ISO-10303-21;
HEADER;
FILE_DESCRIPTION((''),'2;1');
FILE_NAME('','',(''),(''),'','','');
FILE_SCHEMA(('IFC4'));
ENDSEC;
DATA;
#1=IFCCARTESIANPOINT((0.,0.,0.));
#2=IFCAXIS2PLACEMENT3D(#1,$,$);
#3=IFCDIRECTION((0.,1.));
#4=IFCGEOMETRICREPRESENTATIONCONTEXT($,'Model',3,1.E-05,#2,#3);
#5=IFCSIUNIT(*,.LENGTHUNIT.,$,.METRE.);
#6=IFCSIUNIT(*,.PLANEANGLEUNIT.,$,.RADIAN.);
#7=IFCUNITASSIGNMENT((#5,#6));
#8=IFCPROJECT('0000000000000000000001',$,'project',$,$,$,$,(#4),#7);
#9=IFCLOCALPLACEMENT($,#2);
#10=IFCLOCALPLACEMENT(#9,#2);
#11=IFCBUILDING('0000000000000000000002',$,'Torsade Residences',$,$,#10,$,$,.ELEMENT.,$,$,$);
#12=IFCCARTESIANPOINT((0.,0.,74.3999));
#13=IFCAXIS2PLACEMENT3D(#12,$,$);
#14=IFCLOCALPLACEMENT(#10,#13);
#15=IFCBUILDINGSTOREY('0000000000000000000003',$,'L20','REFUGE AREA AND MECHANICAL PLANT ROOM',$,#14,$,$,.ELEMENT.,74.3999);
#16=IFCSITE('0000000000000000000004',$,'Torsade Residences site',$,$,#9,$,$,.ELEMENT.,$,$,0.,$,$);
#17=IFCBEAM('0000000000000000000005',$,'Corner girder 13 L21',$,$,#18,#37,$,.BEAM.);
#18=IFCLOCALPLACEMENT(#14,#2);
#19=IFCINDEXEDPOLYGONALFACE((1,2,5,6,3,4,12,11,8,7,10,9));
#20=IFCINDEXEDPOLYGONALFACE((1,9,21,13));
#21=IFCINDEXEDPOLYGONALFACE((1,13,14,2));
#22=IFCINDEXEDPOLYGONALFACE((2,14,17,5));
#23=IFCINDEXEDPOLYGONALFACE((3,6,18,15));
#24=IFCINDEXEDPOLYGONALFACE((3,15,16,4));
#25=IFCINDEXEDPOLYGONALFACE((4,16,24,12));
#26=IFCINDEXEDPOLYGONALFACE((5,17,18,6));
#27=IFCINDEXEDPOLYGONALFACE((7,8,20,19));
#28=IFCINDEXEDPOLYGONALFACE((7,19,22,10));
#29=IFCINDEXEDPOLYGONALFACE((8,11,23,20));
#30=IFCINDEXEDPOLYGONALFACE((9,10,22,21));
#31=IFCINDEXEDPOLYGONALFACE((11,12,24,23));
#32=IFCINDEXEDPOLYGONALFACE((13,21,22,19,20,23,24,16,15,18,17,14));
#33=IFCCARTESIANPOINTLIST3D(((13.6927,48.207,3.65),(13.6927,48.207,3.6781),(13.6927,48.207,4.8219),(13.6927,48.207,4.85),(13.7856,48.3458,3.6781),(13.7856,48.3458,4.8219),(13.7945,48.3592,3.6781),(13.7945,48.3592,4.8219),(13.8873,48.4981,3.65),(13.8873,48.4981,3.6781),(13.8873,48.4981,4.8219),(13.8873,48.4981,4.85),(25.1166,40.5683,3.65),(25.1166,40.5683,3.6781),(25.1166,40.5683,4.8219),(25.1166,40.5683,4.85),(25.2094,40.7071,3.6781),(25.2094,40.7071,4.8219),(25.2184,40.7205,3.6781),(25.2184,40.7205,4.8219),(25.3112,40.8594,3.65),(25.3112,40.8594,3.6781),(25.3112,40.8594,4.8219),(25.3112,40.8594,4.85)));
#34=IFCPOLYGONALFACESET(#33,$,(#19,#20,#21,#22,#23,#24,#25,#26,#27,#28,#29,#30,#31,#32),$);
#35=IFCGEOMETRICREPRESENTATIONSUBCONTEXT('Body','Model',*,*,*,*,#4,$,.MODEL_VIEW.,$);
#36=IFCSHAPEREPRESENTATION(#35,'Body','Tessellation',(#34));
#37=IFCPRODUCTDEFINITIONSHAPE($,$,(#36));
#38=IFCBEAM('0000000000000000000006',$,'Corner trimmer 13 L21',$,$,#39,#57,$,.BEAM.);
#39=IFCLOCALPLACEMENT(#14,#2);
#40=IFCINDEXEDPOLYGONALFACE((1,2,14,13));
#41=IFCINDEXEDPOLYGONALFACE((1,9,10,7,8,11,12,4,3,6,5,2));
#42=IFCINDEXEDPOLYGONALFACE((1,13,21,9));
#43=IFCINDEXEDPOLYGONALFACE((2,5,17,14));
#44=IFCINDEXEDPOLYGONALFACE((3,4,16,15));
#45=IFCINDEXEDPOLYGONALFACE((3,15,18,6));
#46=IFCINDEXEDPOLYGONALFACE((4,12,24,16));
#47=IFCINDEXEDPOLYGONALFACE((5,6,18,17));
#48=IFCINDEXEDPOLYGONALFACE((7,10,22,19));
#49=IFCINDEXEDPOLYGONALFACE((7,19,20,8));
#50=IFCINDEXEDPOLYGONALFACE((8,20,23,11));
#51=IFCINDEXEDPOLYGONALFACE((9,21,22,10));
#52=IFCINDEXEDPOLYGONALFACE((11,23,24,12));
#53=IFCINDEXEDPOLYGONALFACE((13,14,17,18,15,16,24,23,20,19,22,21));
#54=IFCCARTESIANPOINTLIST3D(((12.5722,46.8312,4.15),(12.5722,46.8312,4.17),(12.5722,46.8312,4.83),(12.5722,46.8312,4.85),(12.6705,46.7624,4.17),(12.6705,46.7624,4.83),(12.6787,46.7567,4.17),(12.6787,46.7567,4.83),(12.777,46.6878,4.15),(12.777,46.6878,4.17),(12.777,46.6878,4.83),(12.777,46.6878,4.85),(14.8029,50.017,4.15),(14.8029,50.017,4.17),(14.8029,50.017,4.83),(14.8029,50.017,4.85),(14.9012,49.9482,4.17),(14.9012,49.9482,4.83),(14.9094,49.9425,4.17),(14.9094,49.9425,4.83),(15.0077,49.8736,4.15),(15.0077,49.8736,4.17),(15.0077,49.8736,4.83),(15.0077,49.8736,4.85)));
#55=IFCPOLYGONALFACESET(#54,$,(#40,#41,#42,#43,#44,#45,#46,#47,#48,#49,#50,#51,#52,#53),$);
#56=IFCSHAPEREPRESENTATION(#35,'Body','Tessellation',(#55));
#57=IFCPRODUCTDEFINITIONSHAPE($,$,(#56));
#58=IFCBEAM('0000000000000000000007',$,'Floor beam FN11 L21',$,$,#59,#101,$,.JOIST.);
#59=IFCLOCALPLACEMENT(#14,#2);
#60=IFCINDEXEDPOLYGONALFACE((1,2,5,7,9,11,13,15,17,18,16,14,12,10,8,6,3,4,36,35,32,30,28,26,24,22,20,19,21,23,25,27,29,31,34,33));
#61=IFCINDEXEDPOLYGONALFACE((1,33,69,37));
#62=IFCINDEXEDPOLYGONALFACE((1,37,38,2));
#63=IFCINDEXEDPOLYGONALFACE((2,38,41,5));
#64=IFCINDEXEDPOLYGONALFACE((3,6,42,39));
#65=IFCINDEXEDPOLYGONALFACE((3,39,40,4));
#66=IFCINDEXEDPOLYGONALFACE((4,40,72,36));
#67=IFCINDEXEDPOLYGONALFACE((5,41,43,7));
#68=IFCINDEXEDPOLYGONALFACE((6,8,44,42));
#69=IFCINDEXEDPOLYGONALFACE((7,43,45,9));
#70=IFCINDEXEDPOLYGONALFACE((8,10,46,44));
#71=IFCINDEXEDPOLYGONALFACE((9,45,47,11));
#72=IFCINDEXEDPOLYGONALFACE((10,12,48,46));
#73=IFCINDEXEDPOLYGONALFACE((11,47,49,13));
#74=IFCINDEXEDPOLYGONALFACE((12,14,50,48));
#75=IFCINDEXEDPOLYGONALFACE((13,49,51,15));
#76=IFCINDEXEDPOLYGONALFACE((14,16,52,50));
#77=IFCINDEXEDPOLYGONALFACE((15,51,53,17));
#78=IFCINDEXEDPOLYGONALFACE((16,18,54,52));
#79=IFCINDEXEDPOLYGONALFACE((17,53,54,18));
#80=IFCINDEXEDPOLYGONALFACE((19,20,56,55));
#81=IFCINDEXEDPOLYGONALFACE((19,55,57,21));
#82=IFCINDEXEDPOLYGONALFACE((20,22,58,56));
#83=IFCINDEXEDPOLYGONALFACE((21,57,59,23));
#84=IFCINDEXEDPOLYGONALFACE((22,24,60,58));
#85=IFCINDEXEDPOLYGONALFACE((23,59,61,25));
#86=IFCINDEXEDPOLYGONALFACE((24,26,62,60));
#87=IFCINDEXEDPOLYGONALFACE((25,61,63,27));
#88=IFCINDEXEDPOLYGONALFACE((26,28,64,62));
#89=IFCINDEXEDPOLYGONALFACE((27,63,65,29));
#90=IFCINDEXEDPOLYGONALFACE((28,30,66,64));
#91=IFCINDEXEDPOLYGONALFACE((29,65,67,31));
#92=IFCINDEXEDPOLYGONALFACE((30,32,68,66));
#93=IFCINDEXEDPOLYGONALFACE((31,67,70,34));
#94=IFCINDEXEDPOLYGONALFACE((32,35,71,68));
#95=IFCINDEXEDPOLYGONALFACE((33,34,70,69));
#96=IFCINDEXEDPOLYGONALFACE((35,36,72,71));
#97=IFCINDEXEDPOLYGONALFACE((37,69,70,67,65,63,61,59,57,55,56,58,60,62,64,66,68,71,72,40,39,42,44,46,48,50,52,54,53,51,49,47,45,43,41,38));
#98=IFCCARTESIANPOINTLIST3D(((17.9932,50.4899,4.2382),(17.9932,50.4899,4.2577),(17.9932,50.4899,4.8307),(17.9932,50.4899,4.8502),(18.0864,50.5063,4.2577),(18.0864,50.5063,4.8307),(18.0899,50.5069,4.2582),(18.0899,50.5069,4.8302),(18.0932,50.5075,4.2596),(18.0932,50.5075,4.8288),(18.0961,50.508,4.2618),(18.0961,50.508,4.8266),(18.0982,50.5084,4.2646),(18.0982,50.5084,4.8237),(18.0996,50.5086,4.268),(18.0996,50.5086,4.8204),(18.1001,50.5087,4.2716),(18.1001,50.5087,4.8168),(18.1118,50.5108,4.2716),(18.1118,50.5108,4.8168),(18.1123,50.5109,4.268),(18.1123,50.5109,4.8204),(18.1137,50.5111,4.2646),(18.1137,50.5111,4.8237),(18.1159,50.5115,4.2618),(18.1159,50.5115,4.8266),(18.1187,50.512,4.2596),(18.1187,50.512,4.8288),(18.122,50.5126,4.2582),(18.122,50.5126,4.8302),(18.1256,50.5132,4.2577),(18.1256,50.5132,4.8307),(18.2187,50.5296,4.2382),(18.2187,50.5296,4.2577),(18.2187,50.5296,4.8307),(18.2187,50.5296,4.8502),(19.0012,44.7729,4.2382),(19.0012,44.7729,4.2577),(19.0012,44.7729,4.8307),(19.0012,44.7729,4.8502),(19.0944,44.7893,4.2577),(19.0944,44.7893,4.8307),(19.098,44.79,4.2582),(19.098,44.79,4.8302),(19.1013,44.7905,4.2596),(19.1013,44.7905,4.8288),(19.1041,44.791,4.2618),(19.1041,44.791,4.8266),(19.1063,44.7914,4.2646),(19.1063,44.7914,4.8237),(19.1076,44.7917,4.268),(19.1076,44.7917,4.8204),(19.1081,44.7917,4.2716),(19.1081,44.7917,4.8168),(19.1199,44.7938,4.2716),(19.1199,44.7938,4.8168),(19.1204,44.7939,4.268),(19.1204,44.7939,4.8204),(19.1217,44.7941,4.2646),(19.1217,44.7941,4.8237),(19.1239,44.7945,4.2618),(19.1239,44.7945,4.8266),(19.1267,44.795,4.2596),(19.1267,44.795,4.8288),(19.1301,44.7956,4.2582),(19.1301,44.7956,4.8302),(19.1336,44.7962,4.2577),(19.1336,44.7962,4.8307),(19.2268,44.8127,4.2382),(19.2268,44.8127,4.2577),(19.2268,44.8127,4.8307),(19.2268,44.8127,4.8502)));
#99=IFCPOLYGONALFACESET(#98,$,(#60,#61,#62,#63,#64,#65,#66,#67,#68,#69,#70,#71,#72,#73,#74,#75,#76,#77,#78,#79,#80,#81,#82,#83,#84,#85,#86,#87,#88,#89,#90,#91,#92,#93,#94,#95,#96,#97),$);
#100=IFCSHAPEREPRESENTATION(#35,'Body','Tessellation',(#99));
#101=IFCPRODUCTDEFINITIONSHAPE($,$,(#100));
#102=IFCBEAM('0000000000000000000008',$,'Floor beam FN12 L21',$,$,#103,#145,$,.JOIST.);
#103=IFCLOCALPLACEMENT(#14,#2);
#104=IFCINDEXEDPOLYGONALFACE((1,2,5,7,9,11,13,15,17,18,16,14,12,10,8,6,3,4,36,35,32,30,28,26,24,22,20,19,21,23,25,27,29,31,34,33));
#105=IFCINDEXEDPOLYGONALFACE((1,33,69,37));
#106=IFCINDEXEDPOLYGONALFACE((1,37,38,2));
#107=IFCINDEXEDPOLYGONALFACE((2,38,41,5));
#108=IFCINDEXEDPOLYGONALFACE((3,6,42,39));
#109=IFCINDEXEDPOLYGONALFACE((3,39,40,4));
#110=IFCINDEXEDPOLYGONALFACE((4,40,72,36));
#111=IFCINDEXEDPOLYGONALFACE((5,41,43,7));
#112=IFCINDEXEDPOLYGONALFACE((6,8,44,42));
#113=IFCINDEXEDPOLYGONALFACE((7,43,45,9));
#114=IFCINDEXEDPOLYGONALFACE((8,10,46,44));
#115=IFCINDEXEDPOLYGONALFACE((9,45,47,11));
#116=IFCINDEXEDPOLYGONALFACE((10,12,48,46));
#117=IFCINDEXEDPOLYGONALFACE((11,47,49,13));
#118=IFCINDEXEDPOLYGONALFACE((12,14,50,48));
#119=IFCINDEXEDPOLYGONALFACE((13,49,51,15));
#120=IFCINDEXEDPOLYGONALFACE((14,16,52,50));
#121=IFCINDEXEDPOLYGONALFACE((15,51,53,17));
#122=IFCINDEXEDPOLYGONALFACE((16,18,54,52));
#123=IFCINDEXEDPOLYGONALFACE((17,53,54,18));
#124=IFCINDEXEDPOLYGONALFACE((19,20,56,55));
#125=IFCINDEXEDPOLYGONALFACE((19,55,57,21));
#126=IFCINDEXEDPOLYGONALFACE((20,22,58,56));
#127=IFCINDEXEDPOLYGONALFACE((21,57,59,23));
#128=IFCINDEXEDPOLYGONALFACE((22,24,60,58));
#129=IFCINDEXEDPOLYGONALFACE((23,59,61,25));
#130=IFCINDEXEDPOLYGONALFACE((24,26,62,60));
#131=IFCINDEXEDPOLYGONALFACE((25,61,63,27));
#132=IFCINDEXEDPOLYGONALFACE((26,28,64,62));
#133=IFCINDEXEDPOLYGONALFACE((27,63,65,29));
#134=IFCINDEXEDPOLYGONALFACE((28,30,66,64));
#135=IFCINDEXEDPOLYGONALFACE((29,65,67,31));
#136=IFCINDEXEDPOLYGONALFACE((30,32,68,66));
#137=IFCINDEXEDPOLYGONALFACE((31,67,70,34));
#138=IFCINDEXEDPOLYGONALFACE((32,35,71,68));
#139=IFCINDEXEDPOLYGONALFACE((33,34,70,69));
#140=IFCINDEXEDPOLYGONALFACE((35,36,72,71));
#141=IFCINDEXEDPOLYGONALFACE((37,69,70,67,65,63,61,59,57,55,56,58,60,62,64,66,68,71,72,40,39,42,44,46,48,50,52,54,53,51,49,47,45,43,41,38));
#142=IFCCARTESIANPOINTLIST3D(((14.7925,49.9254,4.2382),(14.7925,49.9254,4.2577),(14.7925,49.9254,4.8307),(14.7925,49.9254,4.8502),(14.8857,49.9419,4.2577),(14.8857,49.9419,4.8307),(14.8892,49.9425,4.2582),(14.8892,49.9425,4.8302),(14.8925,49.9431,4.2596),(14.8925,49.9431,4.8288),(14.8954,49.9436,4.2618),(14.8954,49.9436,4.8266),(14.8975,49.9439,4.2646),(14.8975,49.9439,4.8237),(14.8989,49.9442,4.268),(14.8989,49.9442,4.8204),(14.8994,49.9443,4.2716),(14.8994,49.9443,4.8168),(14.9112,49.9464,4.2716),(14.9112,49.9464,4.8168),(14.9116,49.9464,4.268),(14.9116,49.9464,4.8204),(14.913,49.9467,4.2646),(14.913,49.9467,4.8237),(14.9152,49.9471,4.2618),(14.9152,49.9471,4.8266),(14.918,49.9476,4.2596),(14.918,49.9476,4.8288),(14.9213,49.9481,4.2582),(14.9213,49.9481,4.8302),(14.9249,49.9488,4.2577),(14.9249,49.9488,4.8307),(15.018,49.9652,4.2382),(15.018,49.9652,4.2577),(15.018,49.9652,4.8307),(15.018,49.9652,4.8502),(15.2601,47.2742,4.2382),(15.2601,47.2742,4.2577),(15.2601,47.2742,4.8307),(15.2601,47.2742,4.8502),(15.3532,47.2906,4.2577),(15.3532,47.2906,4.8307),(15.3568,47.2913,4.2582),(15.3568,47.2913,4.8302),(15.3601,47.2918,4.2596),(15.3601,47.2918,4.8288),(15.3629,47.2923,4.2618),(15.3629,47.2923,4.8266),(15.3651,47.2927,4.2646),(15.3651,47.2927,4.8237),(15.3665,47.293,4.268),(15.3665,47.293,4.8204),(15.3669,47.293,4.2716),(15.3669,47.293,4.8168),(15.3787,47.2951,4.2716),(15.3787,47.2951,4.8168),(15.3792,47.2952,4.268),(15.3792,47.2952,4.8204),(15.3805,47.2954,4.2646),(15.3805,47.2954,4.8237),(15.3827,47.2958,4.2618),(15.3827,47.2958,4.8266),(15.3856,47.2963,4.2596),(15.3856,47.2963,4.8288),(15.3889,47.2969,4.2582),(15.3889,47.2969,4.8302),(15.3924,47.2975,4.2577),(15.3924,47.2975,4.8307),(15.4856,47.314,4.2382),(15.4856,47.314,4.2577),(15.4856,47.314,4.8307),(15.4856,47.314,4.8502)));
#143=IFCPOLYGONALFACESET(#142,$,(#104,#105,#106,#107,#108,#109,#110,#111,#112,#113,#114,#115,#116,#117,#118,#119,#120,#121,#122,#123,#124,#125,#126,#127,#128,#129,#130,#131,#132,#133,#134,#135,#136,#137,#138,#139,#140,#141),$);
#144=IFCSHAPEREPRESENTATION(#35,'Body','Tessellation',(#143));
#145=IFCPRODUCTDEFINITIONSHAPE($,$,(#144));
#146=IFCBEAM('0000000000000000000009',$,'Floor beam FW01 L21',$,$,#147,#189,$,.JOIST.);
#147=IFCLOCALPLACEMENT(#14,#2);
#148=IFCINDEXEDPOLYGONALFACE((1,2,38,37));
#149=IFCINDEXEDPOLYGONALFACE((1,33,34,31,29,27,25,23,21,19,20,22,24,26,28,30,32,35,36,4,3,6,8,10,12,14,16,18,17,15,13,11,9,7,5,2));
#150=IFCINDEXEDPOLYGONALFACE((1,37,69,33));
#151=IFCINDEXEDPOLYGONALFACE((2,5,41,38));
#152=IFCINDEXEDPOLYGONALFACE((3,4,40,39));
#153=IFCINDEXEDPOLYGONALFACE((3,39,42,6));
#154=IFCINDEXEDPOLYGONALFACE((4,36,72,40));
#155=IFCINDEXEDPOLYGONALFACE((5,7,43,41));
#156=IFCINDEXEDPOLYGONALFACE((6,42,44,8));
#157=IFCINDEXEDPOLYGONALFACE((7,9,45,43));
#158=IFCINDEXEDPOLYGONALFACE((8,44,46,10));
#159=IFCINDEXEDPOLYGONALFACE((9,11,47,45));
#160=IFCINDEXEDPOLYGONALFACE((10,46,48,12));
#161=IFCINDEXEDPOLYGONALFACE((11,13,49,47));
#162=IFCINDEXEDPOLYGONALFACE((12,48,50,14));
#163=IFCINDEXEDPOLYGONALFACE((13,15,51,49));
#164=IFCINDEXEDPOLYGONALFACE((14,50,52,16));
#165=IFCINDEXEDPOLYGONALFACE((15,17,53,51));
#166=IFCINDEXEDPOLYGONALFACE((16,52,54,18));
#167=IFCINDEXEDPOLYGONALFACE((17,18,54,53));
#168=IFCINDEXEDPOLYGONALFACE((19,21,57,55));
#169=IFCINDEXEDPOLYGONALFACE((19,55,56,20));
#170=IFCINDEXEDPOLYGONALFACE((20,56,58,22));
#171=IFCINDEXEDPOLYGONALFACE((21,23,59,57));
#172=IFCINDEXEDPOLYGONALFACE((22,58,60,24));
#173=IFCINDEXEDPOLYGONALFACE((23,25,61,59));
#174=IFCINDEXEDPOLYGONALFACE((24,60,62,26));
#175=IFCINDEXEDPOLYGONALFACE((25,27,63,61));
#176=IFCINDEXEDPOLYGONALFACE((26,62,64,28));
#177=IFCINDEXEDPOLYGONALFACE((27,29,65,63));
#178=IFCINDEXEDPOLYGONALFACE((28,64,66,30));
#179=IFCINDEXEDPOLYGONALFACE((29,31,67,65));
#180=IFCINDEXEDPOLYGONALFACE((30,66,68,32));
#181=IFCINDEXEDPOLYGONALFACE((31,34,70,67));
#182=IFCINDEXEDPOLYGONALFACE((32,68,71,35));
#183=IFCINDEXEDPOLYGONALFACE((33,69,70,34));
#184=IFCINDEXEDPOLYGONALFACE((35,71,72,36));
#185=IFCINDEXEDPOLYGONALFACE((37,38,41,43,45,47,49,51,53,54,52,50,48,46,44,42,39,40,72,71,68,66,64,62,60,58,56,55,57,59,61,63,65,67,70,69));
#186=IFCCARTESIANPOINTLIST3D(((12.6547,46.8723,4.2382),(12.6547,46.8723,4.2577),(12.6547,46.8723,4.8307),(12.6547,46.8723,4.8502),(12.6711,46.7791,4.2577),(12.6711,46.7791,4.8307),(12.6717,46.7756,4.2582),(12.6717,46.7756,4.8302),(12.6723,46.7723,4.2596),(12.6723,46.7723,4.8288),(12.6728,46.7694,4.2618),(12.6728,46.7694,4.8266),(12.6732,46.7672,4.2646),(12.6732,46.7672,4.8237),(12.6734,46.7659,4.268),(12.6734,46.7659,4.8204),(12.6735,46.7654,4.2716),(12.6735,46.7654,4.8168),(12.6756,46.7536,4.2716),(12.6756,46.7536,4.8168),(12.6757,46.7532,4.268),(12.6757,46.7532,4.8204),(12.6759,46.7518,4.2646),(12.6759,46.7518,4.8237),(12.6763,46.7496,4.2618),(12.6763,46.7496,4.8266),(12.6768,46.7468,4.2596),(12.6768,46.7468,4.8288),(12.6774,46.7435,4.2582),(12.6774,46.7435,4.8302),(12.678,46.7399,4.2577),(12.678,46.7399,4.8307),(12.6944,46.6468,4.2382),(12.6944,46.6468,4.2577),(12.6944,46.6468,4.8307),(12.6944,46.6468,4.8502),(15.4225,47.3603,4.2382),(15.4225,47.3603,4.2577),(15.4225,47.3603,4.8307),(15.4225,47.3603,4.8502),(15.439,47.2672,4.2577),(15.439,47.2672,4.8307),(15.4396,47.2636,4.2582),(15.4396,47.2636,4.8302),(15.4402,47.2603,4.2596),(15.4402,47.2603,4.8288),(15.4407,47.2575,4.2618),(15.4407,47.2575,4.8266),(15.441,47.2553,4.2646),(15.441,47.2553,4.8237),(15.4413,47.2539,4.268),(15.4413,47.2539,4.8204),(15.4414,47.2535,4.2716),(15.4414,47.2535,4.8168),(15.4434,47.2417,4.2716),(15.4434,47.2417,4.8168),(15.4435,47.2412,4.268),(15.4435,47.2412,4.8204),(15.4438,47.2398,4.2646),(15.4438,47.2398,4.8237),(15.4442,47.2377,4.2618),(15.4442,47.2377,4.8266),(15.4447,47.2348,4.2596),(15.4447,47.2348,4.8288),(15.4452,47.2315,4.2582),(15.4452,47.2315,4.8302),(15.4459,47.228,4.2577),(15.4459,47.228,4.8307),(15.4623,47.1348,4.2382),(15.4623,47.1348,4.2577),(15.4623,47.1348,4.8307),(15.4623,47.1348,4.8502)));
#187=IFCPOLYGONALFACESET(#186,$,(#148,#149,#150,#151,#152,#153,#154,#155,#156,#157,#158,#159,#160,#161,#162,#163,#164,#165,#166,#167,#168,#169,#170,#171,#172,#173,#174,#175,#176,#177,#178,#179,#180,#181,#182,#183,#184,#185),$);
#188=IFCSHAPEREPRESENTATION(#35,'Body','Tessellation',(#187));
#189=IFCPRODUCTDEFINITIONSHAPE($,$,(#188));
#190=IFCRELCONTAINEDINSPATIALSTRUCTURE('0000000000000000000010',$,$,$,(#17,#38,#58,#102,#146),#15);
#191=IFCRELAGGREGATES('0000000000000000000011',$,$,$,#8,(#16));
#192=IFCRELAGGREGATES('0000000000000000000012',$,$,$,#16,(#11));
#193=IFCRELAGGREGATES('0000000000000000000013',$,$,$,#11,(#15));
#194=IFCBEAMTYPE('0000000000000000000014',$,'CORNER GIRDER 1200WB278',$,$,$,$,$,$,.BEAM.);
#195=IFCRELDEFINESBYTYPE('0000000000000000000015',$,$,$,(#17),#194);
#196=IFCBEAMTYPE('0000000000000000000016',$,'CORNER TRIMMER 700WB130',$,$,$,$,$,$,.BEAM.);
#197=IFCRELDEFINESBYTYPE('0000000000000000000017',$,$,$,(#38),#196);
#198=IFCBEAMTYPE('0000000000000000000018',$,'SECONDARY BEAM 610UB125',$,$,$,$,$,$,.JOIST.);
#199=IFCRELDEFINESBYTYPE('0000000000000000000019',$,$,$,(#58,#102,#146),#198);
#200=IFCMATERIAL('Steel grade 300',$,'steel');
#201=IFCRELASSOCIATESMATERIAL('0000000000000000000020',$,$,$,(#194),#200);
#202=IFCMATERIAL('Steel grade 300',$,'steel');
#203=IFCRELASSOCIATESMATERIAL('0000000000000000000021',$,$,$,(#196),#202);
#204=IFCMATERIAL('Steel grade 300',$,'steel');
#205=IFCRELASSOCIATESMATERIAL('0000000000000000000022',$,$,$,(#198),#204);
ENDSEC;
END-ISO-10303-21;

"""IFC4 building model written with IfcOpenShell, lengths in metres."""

from ifc_helpers import new_model, si_unit, direction, frame, origin, origin_2d, place, context, subcontext, project, spatial, i_section, extrude, material, material_profile, profile_set, type_object, element, save


model = new_model("IFC4")

# Units and contexts
model_context = context("Model", 3, precision=1e-05, world=origin(), true_north=direction((0.0, 1.0)))
body_context = subcontext(model_context, "Body", "Model", "MODEL_VIEW")
ifc_project = project(units=[si_unit("LENGTHUNIT", "METRE"), si_unit("PLANEANGLEUNIT", "RADIAN")], contexts=[model_context])

# Site, building, storey
site_placement = place(None, origin())
site = spatial("IfcSite", under=ifc_project, at=site_placement, Name="Torsade Residences site", CompositionType="ELEMENT", RefElevation=0.0)
building_placement = place(site_placement, origin())
building = spatial("IfcBuilding", under=site, at=building_placement, Name="Torsade Residences", CompositionType="ELEMENT")
storey_placement = place(building_placement, frame((0.0, 0.0, 74.3999)))
storey = spatial("IfcBuildingStorey", under=building, at=storey_placement, Name="L20", Description="REFUGE AREA AND MECHANICAL PLANT ROOM", CompositionType="ELEMENT", Elevation=74.3999)

# Beams
ifc_material_1 = material(Name="Steel grade 300", Category="steel")
ifc_material_profile_1 = material_profile(ifc_material_1, i_section(OverallWidth=0.3501, OverallDepth=1.2, WebThickness=0.0161, FlangeThickness=0.0281, at=origin_2d()), Name="1200WB278")
ifc_profile_set_1 = profile_set([ifc_material_profile_1], Name="Steel grade 300")
beam_type_1 = type_object("IfcBeamType", Name="CORNER GIRDER 1200WB278", PredefinedType="BEAM", material=ifc_profile_set_1)
beam_1_placement = place(storey_placement, frame((13.79, 48.3525, 4.25), z_axis=(0.831284, -0.555848, 0.0), x_axis=(0.555848, 0.831284, 0.0)))
element("IfcBeam", 1, at=beam_1_placement, inside=storey, type_object=beam_type_1, Name="Corner girder 13 L21", PredefinedType="BEAM", context=body_context, shape_type="SweptSolid", body=[
    extrude(i_section(OverallWidth=0.3501, OverallDepth=1.2, WebThickness=0.0161, FlangeThickness=0.0281, at=origin_2d()), origin(), (0.0, 0.0, 1.0), 13.7424),
])
ifc_material_2 = material(Name="Steel grade 300", Category="steel")
ifc_material_profile_2 = material_profile(ifc_material_2, i_section(OverallWidth=0.25, OverallDepth=0.7, WebThickness=0.01, FlangeThickness=0.02, at=origin_2d()), Name="700WB130")
ifc_profile_set_2 = profile_set([ifc_material_profile_2], Name="Steel grade 300")
beam_type_2 = type_object("IfcBeamType", Name="CORNER TRIMMER 700WB130", PredefinedType="BEAM", material=ifc_profile_set_2)
beam_2_placement = place(storey_placement, frame((12.6746, 46.7595, 4.5), z_axis=(0.573576, 0.819152, 0.0), x_axis=(-0.819152, 0.573576, 0.0)))
element("IfcBeam", 2, at=beam_2_placement, inside=storey, type_object=beam_type_2, Name="Corner trimmer 13 L21", PredefinedType="BEAM", context=body_context, shape_type="SweptSolid", body=[
    extrude(i_section(OverallWidth=0.25, OverallDepth=0.7, WebThickness=0.01, FlangeThickness=0.02, at=origin_2d()), origin(), (0.0, 0.0, 1.0), 3.8892),
])
ifc_material_3 = material(Name="Steel grade 300", Category="steel")
ifc_material_profile_3 = material_profile(ifc_material_3, i_section(OverallWidth=0.229, OverallDepth=0.6121, WebThickness=0.012, FlangeThickness=0.0195, FilletRadius=0.0139, at=origin_2d()), Name="610UB125")
ifc_profile_set_3 = profile_set([ifc_material_profile_3], Name="Steel grade 300")
beam_type_3 = type_object("IfcBeamType", Name="SECONDARY BEAM 610UB125", PredefinedType="JOIST", material=ifc_profile_set_3)
beam_3_placement = place(storey_placement, frame((18.106, 50.5098, 4.5442), z_axis=(0.173646, -0.984808, 0.0), x_axis=(0.984808, 0.173646, 0.0)))
element("IfcBeam", 3, at=beam_3_placement, inside=storey, type_object=beam_type_3, Name="Floor beam FN11 L21", PredefinedType="JOIST", context=body_context, shape_type="SweptSolid", body=[
    extrude(i_section(OverallWidth=0.229, OverallDepth=0.6121, WebThickness=0.012, FlangeThickness=0.0195, FilletRadius=0.0139, at=origin_2d()), origin(), (0.0, 0.0, 1.0), 5.8052),
])
beam_4_placement = place(storey_placement, frame((14.9053, 49.9453, 4.5442), z_axis=(0.173672, -0.984804, 0.0), x_axis=(0.984804, 0.173672, 0.0)))
element("IfcBeam", 4, at=beam_4_placement, inside=storey, type_object=beam_type_3, Name="Floor beam FN12 L21", PredefinedType="JOIST", context=body_context, shape_type="SweptSolid", body=[
    extrude(i_section(OverallWidth=0.229, OverallDepth=0.6121, WebThickness=0.012, FlangeThickness=0.0195, FilletRadius=0.0139, at=origin_2d()), origin(), (0.0, 0.0, 1.0), 2.6921),
])
beam_5_placement = place(storey_placement, frame((12.6746, 46.7595, 4.5442), z_axis=(0.984808, 0.173647, 0.0), x_axis=(-0.173647, 0.984808, 0.0)))
element("IfcBeam", 5, at=beam_5_placement, inside=storey, type_object=beam_type_3, Name="Floor beam FW01 L21", PredefinedType="JOIST", context=body_context, shape_type="SweptSolid", body=[
    extrude(i_section(OverallWidth=0.229, OverallDepth=0.6121, WebThickness=0.012, FlangeThickness=0.0195, FilletRadius=0.0139, at=origin_2d()), origin(), (0.0, 0.0, 1.0), 2.8105),
])

save(model, "model.ifc")
